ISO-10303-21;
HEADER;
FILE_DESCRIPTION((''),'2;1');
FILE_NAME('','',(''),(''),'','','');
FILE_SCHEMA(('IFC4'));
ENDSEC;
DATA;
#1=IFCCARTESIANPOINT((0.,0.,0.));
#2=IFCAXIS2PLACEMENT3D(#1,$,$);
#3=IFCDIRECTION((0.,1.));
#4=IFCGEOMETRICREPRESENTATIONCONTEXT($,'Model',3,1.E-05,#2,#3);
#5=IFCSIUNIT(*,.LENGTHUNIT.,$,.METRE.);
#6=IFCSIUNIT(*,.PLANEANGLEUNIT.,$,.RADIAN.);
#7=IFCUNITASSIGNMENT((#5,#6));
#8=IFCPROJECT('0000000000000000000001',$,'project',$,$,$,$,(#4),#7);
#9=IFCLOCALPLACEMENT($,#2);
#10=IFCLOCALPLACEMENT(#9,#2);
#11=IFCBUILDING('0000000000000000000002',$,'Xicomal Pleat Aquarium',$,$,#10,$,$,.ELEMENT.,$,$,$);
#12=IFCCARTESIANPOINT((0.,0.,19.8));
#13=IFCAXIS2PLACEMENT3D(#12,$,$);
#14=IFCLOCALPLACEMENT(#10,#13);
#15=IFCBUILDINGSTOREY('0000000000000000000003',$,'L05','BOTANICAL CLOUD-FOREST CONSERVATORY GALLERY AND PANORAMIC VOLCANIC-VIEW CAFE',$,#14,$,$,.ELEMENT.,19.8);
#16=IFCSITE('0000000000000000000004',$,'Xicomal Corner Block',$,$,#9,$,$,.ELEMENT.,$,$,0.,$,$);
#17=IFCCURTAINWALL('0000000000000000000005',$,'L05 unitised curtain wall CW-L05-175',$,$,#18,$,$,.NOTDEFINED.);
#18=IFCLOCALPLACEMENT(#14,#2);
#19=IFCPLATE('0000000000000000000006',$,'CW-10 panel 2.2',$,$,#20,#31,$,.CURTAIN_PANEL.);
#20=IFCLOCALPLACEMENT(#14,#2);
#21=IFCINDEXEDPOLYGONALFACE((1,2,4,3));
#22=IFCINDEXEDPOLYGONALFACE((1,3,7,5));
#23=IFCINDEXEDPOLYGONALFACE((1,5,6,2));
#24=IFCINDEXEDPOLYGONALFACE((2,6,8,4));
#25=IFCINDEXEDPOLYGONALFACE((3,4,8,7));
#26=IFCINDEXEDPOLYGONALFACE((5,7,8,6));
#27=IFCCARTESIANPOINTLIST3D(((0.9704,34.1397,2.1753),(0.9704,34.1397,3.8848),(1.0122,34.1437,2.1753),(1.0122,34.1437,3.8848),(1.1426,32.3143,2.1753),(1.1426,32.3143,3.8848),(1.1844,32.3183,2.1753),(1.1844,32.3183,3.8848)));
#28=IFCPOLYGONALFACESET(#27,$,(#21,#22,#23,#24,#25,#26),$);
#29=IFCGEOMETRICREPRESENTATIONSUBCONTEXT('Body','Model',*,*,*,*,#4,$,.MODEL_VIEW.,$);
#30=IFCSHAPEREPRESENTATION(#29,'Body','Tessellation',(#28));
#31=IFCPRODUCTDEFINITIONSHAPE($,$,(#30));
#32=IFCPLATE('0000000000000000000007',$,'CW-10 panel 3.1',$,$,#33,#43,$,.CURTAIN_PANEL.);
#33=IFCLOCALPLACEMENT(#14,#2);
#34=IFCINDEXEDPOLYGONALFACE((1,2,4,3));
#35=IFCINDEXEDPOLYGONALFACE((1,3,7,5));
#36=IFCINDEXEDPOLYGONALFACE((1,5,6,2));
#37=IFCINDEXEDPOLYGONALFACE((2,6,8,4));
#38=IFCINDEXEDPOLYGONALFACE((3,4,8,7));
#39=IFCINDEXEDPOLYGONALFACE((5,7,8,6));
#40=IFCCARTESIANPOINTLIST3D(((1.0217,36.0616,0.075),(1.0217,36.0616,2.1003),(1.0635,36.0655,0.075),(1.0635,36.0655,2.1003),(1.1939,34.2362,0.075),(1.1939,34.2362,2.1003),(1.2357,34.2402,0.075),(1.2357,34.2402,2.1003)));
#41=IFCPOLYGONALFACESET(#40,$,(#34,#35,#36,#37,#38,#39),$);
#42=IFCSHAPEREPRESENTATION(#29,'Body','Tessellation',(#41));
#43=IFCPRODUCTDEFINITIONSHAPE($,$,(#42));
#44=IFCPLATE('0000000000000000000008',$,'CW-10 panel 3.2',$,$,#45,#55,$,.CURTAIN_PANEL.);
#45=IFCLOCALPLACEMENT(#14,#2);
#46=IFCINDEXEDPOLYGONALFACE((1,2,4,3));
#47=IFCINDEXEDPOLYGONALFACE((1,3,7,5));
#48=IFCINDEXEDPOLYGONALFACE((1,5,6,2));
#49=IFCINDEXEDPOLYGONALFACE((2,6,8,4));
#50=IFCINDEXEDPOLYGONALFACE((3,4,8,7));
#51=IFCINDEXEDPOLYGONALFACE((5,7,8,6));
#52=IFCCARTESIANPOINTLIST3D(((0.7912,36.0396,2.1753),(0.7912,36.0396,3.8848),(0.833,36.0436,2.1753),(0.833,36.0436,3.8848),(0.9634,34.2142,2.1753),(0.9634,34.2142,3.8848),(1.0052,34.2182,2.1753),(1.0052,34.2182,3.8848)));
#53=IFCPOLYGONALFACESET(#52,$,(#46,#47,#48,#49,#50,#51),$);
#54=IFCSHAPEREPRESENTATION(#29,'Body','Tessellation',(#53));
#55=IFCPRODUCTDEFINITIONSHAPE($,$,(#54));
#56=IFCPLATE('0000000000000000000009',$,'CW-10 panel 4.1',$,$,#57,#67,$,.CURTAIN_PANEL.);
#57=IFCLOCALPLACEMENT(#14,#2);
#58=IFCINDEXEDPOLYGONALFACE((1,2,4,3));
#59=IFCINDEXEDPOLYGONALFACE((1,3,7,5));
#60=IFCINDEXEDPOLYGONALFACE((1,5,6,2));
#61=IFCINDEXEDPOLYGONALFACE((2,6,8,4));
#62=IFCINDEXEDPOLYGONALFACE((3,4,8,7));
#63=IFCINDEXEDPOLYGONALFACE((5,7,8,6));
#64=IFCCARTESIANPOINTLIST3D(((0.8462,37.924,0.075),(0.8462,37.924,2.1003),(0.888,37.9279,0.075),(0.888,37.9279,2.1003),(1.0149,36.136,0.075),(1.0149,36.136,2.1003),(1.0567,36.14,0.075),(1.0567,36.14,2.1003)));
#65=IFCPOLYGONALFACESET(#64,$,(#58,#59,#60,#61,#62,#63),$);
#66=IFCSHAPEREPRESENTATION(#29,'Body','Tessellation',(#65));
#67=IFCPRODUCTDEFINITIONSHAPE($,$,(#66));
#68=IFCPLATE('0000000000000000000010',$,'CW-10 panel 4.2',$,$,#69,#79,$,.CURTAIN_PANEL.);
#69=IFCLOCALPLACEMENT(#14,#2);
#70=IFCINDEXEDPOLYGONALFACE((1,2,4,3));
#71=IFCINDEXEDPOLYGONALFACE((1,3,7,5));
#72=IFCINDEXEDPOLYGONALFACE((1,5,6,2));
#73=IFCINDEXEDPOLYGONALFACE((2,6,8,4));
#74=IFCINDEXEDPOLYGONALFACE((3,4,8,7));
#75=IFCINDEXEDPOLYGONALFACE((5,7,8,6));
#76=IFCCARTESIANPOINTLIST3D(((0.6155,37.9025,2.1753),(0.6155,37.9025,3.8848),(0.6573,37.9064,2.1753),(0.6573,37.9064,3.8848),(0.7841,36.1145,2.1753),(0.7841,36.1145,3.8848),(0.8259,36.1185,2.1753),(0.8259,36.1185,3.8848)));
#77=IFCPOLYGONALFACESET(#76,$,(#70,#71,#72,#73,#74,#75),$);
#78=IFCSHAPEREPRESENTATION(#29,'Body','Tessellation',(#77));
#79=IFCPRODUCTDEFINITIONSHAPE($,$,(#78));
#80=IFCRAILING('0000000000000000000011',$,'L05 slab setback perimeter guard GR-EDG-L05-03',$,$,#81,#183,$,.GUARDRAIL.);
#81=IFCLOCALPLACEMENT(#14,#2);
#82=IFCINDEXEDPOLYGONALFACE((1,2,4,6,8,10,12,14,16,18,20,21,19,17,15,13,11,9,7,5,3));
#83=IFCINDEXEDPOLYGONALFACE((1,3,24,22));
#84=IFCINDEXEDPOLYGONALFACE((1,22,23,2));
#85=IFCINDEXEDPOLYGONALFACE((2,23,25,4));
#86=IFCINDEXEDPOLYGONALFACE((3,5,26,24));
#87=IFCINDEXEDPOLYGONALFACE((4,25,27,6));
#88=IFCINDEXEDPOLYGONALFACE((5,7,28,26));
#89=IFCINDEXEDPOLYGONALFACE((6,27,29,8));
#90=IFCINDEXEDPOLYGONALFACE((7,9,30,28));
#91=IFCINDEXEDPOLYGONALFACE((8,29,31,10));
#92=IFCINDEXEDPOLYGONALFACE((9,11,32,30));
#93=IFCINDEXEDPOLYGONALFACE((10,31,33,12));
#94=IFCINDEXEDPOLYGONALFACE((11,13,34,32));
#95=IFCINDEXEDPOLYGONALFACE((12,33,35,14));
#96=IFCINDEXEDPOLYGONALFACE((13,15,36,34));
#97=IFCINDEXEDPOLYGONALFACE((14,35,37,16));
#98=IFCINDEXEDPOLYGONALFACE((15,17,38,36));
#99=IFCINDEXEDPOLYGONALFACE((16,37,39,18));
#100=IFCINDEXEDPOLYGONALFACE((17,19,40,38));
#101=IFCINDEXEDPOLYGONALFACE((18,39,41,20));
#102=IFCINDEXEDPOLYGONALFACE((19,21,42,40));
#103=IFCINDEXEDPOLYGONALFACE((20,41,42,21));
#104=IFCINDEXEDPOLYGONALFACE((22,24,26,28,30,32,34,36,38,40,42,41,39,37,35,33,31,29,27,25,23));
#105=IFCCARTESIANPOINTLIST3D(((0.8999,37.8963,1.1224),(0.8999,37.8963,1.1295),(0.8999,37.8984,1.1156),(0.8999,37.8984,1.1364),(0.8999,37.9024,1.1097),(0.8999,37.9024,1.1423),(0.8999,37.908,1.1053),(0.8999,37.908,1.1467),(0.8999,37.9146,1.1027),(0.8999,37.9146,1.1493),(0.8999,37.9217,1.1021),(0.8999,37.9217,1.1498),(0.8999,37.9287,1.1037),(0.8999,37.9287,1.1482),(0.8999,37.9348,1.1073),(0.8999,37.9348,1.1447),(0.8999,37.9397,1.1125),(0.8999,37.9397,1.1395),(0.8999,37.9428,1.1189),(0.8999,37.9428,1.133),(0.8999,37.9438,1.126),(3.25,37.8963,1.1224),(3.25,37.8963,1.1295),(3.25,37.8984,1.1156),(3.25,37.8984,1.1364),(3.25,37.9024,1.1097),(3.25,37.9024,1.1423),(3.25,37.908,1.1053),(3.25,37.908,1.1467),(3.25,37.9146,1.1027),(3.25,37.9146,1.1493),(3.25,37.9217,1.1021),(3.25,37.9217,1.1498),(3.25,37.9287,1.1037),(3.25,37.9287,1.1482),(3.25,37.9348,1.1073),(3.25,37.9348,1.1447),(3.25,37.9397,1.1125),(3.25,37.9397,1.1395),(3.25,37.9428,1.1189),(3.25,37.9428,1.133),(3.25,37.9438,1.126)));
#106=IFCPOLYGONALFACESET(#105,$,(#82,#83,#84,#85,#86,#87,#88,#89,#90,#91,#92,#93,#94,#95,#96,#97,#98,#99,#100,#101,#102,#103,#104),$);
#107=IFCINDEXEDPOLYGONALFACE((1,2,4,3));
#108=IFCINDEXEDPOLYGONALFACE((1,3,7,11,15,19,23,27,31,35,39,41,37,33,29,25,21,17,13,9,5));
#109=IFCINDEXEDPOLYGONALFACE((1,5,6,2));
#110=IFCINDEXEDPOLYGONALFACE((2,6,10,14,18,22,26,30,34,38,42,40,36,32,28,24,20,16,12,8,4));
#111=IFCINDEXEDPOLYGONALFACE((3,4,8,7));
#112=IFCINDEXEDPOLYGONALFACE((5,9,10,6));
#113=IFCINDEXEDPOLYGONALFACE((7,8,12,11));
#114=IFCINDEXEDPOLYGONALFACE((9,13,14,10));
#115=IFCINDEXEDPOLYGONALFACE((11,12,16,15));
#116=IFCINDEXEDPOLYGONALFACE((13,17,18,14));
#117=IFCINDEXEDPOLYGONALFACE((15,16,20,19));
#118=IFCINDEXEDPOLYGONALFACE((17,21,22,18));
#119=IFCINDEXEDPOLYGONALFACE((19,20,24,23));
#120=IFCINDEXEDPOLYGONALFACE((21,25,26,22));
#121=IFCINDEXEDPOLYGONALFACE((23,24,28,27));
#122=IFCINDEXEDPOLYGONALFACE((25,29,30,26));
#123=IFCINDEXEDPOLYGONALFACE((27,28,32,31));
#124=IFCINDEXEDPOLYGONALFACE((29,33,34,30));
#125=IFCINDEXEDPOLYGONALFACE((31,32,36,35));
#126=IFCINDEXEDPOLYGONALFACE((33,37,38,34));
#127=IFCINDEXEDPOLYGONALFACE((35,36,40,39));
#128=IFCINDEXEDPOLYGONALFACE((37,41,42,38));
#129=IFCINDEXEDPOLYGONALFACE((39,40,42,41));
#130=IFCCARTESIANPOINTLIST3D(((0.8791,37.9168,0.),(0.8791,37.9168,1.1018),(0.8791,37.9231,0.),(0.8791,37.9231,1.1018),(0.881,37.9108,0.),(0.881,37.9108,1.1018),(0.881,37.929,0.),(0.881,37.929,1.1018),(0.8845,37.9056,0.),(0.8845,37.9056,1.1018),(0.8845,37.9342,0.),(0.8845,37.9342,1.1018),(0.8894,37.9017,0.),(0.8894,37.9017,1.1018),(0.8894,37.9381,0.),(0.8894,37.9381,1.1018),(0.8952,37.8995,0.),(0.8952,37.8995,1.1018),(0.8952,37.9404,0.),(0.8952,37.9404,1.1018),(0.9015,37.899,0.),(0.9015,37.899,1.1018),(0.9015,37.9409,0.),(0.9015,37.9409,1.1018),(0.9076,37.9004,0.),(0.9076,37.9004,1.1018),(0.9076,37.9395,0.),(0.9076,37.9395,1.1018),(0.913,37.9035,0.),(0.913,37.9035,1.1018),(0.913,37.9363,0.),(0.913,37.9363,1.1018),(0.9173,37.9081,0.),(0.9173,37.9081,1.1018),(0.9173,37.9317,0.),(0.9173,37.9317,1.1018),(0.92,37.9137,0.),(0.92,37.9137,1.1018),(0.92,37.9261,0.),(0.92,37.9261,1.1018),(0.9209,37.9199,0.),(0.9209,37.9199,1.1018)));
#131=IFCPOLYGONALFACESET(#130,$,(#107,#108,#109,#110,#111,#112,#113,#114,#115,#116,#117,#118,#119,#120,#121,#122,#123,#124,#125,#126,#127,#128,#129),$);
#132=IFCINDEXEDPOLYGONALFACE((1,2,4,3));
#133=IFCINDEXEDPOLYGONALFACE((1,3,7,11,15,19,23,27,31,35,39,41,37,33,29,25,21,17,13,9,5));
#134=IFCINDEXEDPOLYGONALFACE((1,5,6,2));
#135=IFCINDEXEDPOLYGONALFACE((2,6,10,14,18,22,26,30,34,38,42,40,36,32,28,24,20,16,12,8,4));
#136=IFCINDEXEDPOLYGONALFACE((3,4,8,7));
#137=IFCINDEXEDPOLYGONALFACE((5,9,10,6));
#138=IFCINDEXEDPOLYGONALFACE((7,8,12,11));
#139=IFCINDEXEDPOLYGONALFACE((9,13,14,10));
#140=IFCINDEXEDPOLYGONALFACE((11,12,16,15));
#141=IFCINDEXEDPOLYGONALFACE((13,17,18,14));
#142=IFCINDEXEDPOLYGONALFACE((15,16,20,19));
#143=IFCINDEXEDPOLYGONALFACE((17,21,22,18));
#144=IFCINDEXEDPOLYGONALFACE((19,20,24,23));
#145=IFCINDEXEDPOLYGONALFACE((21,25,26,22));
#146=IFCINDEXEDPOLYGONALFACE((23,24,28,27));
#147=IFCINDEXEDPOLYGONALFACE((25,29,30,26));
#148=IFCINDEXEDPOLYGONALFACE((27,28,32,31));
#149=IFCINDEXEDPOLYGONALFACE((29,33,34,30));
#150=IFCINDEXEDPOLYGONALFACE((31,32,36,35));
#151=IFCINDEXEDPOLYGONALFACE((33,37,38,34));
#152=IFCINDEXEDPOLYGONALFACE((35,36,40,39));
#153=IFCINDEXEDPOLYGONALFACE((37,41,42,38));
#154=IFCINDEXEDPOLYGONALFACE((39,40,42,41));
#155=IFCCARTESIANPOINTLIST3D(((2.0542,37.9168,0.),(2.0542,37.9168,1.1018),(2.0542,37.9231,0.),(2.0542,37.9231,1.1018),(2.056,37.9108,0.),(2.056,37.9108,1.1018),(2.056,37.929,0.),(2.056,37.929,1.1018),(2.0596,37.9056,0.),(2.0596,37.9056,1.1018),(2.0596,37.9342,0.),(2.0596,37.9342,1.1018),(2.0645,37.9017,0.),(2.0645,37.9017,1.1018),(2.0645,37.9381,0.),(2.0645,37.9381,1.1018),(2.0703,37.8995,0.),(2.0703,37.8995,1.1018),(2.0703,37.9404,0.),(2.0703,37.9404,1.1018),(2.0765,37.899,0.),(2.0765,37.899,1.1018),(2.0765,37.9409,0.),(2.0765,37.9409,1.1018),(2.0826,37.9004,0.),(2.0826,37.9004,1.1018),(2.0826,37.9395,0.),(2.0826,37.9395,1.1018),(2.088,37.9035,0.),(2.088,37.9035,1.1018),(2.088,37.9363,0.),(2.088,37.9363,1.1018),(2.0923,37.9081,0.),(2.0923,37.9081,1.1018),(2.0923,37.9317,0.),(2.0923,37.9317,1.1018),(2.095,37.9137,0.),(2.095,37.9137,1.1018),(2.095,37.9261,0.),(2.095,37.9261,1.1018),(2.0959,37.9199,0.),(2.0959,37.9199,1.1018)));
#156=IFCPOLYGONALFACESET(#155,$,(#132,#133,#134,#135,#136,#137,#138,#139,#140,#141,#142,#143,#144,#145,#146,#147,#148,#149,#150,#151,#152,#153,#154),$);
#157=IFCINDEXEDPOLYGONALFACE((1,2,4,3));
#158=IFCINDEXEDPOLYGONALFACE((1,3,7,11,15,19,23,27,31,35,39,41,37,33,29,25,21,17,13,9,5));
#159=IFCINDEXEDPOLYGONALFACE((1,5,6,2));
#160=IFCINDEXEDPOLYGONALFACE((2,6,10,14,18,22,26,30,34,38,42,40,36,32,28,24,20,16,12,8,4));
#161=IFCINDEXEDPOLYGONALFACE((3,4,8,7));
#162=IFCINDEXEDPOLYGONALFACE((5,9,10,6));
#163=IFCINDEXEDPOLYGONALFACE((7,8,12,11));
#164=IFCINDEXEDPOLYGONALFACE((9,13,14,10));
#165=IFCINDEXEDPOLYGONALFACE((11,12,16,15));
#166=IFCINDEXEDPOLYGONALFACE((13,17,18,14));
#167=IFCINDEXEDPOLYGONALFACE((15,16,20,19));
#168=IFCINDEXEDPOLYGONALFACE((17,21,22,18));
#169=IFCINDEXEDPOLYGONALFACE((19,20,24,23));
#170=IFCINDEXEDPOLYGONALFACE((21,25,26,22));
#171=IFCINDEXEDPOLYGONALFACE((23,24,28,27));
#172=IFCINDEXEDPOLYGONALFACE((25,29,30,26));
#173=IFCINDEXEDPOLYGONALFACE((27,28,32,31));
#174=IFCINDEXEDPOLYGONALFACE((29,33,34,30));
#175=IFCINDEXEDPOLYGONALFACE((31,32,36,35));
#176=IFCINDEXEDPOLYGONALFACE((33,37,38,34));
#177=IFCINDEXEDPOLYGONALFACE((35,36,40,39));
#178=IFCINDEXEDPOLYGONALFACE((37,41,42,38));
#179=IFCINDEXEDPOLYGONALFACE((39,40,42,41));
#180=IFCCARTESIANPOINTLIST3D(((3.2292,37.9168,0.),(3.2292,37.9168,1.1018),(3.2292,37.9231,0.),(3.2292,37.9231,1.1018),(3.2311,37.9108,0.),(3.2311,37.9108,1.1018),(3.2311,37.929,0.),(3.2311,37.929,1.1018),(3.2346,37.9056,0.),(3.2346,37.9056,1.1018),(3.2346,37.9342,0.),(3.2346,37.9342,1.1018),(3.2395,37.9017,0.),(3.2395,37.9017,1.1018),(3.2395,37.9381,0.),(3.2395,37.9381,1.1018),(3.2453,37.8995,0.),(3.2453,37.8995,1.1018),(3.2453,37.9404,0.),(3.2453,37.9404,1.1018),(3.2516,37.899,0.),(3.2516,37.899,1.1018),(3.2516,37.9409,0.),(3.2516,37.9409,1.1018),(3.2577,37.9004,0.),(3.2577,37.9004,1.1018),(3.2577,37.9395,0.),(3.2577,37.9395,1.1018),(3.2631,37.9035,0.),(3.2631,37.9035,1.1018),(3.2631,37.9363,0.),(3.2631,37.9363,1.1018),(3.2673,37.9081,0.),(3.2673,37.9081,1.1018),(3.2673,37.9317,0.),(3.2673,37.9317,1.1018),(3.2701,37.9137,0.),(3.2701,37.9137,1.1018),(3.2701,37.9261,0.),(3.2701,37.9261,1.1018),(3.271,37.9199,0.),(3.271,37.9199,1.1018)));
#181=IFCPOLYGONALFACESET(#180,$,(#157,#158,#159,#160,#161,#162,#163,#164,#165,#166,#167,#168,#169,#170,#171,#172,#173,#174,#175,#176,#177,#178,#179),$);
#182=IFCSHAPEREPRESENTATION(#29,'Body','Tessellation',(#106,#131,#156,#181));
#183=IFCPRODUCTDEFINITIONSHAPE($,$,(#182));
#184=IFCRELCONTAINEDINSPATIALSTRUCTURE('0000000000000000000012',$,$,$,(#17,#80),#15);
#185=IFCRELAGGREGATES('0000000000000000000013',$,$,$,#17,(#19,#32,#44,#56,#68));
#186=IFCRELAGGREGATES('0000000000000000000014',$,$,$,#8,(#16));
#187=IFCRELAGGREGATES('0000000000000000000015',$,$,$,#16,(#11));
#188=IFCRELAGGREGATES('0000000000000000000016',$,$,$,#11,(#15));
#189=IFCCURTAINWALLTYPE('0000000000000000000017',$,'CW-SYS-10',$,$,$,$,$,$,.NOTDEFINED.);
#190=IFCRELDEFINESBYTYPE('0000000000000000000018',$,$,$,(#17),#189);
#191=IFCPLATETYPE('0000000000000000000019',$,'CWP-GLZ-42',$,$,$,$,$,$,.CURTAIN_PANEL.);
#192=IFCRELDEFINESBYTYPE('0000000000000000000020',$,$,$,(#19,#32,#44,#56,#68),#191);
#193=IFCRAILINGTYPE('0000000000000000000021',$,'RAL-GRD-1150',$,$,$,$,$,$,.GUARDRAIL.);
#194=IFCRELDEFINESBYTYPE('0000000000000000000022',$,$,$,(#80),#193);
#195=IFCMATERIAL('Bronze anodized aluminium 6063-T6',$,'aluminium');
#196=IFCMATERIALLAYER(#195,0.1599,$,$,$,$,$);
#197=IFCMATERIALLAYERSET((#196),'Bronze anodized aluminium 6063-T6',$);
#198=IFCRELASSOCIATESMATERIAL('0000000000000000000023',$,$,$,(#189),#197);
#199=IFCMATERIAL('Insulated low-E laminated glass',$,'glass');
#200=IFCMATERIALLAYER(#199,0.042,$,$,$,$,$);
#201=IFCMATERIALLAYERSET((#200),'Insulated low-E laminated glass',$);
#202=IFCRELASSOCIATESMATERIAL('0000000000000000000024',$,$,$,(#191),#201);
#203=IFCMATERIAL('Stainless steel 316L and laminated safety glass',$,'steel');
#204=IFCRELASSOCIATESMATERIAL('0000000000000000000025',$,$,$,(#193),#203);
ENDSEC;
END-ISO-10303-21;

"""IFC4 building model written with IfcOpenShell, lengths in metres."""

from ifc_helpers import new_model, si_unit, direction, frame, origin, origin_2d, place, context, subcontext, project, spatial, rectangle, circle, extrude, material, layer, layer_set, type_object, element, aggregate, save


model = new_model("IFC4")

# Units and contexts
model_context = context("Model", 3, precision=1e-05, world=origin(), true_north=direction((0.0, 1.0)))
body_context = subcontext(model_context, "Body", "Model", "MODEL_VIEW")
ifc_project = project(units=[si_unit("LENGTHUNIT", "METRE"), si_unit("PLANEANGLEUNIT", "RADIAN")], contexts=[model_context])

# Site, building, storey
site_placement = place(None, origin())
site = spatial("IfcSite", under=ifc_project, at=site_placement, Name="Xicomal Corner Block", CompositionType="ELEMENT", RefElevation=0.0)
building_placement = place(site_placement, origin())
building = spatial("IfcBuilding", under=site, at=building_placement, Name="Xicomal Pleat Aquarium", CompositionType="ELEMENT")
storey_placement = place(building_placement, frame((0.0, 0.0, 19.8)))
storey = spatial("IfcBuildingStorey", under=building, at=storey_placement, Name="L05", Description="BOTANICAL CLOUD-FOREST CONSERVATORY GALLERY AND PANORAMIC VOLCANIC-VIEW CAFE", CompositionType="ELEMENT", Elevation=19.8)

# Curtain wall, plates
ifc_material_1 = material(Name="Bronze anodized aluminium 6063-T6", Category="aluminium")
ifc_layer_1 = layer(ifc_material_1, 0.1599)
ifc_layer_set_1 = layer_set([ifc_layer_1], Name="Bronze anodized aluminium 6063-T6")
curtain_wall_type = type_object("IfcCurtainWallType", Name="CW-SYS-10", PredefinedType="NOTDEFINED", material=ifc_layer_set_1)
curtain_wall_placement = place(storey_placement, origin())
curtain_wall = element("IfcCurtainWall", 1, at=curtain_wall_placement, inside=storey, type_object=curtain_wall_type, Name="L05 unitised curtain wall CW-L05-175", PredefinedType="NOTDEFINED")
ifc_material_2 = material(Name="Insulated low-E laminated glass", Category="glass")
ifc_layer_2 = layer(ifc_material_2, 0.042)
ifc_layer_set_2 = layer_set([ifc_layer_2], Name="Insulated low-E laminated glass")
plate_type = type_object("IfcPlateType", Name="CWP-GLZ-42", PredefinedType="CURTAIN_PANEL", material=ifc_layer_set_2)
plate_1_placement = place(storey_placement, frame((1.0774, 33.229, 2.1753), z_axis=(0.0, 0.0, 1.0), x_axis=(-0.093925, 0.995579, 0.0)))
plate_1 = element("IfcPlate", 2, at=plate_1_placement, type_object=plate_type, Name="CW-10 panel 2.2", PredefinedType="CURTAIN_PANEL", context=body_context, shape_type="SweptSolid", body=[
    extrude(rectangle(XDim=1.8335, YDim=0.042, at=origin_2d()), origin(), (0.0, 0.0, 1.0), 1.7095),
])
plate_2_placement = place(storey_placement, frame((1.1287, 35.1509, 0.075), z_axis=(0.0, 0.0, 1.0), x_axis=(-0.093925, 0.995579, 0.0)))
plate_2 = element("IfcPlate", 3, at=plate_2_placement, type_object=plate_type, Name="CW-10 panel 3.1", PredefinedType="CURTAIN_PANEL", context=body_context, shape_type="SweptSolid", body=[
    extrude(rectangle(XDim=1.8335, YDim=0.042, at=origin_2d()), origin(), (0.0, 0.0, 1.0), 2.0254),
])
plate_3_placement = place(storey_placement, frame((0.8982, 35.1289, 2.1753), z_axis=(0.0, 0.0, 1.0), x_axis=(-0.093925, 0.995579, 0.0)))
plate_3 = element("IfcPlate", 4, at=plate_3_placement, type_object=plate_type, Name="CW-10 panel 3.2", PredefinedType="CURTAIN_PANEL", context=body_context, shape_type="SweptSolid", body=[
    extrude(rectangle(XDim=1.8335, YDim=0.042, at=origin_2d()), origin(), (0.0, 0.0, 1.0), 1.7095),
])
plate_4_placement = place(storey_placement, frame((0.9514, 37.032, 0.075), z_axis=(0.0, 0.0, 1.0), x_axis=(-0.093925, 0.995579, 0.0)))
plate_4 = element("IfcPlate", 5, at=plate_4_placement, type_object=plate_type, Name="CW-10 panel 4.1", PredefinedType="CURTAIN_PANEL", context=body_context, shape_type="SweptSolid", body=[
    extrude(rectangle(XDim=1.7959, YDim=0.042, at=origin_2d()), origin(), (0.0, 0.0, 1.0), 2.0254),
])
plate_5_placement = place(storey_placement, frame((0.7207, 37.0105, 2.1753), z_axis=(0.0, 0.0, 1.0), x_axis=(-0.093925, 0.995579, 0.0)))
plate_5 = element("IfcPlate", 6, at=plate_5_placement, type_object=plate_type, Name="CW-10 panel 4.2", PredefinedType="CURTAIN_PANEL", context=body_context, shape_type="SweptSolid", body=[
    extrude(rectangle(XDim=1.7959, YDim=0.042, at=origin_2d()), origin(), (0.0, 0.0, 1.0), 1.7095),
])
aggregate(curtain_wall, [plate_1, plate_2, plate_3, plate_4, plate_5])

# Railing
ifc_material_3 = material(Name="Stainless steel 316L and laminated safety glass", Category="steel")
railing_type = type_object("IfcRailingType", Name="RAL-GRD-1150", PredefinedType="GUARDRAIL", material=ifc_material_3)
railing_placement = place(storey_placement, frame((0.8999, 37.9199, 0.0)))
element("IfcRailing", 7, at=railing_placement, inside=storey, type_object=railing_type, Name="L05 slab setback perimeter guard GR-EDG-L05-03", PredefinedType="GUARDRAIL", context=body_context, shape_type="SweptSolid", body=[
    extrude(circle(Radius=0.0239, at=origin_2d()), frame((0.0, 0.0, 1.126), z_axis=(1.0, 0.0, 0.0), x_axis=(0.0, 1.0, 0.0)), (0.0, 0.0, 1.0), 2.3501),
    extrude(circle(Radius=0.021, at=origin_2d()), origin(), (0.0, 0.0, 1.0), 1.1018),
    extrude(circle(Radius=0.021, at=origin_2d()), frame((1.175, 0.0, 0.0)), (0.0, 0.0, 1.0), 1.1018),
    extrude(circle(Radius=0.021, at=origin_2d()), frame((2.3501, 0.0, 0.0)), (0.0, 0.0, 1.0), 1.1018),
])

save(model, "model.ifc")
